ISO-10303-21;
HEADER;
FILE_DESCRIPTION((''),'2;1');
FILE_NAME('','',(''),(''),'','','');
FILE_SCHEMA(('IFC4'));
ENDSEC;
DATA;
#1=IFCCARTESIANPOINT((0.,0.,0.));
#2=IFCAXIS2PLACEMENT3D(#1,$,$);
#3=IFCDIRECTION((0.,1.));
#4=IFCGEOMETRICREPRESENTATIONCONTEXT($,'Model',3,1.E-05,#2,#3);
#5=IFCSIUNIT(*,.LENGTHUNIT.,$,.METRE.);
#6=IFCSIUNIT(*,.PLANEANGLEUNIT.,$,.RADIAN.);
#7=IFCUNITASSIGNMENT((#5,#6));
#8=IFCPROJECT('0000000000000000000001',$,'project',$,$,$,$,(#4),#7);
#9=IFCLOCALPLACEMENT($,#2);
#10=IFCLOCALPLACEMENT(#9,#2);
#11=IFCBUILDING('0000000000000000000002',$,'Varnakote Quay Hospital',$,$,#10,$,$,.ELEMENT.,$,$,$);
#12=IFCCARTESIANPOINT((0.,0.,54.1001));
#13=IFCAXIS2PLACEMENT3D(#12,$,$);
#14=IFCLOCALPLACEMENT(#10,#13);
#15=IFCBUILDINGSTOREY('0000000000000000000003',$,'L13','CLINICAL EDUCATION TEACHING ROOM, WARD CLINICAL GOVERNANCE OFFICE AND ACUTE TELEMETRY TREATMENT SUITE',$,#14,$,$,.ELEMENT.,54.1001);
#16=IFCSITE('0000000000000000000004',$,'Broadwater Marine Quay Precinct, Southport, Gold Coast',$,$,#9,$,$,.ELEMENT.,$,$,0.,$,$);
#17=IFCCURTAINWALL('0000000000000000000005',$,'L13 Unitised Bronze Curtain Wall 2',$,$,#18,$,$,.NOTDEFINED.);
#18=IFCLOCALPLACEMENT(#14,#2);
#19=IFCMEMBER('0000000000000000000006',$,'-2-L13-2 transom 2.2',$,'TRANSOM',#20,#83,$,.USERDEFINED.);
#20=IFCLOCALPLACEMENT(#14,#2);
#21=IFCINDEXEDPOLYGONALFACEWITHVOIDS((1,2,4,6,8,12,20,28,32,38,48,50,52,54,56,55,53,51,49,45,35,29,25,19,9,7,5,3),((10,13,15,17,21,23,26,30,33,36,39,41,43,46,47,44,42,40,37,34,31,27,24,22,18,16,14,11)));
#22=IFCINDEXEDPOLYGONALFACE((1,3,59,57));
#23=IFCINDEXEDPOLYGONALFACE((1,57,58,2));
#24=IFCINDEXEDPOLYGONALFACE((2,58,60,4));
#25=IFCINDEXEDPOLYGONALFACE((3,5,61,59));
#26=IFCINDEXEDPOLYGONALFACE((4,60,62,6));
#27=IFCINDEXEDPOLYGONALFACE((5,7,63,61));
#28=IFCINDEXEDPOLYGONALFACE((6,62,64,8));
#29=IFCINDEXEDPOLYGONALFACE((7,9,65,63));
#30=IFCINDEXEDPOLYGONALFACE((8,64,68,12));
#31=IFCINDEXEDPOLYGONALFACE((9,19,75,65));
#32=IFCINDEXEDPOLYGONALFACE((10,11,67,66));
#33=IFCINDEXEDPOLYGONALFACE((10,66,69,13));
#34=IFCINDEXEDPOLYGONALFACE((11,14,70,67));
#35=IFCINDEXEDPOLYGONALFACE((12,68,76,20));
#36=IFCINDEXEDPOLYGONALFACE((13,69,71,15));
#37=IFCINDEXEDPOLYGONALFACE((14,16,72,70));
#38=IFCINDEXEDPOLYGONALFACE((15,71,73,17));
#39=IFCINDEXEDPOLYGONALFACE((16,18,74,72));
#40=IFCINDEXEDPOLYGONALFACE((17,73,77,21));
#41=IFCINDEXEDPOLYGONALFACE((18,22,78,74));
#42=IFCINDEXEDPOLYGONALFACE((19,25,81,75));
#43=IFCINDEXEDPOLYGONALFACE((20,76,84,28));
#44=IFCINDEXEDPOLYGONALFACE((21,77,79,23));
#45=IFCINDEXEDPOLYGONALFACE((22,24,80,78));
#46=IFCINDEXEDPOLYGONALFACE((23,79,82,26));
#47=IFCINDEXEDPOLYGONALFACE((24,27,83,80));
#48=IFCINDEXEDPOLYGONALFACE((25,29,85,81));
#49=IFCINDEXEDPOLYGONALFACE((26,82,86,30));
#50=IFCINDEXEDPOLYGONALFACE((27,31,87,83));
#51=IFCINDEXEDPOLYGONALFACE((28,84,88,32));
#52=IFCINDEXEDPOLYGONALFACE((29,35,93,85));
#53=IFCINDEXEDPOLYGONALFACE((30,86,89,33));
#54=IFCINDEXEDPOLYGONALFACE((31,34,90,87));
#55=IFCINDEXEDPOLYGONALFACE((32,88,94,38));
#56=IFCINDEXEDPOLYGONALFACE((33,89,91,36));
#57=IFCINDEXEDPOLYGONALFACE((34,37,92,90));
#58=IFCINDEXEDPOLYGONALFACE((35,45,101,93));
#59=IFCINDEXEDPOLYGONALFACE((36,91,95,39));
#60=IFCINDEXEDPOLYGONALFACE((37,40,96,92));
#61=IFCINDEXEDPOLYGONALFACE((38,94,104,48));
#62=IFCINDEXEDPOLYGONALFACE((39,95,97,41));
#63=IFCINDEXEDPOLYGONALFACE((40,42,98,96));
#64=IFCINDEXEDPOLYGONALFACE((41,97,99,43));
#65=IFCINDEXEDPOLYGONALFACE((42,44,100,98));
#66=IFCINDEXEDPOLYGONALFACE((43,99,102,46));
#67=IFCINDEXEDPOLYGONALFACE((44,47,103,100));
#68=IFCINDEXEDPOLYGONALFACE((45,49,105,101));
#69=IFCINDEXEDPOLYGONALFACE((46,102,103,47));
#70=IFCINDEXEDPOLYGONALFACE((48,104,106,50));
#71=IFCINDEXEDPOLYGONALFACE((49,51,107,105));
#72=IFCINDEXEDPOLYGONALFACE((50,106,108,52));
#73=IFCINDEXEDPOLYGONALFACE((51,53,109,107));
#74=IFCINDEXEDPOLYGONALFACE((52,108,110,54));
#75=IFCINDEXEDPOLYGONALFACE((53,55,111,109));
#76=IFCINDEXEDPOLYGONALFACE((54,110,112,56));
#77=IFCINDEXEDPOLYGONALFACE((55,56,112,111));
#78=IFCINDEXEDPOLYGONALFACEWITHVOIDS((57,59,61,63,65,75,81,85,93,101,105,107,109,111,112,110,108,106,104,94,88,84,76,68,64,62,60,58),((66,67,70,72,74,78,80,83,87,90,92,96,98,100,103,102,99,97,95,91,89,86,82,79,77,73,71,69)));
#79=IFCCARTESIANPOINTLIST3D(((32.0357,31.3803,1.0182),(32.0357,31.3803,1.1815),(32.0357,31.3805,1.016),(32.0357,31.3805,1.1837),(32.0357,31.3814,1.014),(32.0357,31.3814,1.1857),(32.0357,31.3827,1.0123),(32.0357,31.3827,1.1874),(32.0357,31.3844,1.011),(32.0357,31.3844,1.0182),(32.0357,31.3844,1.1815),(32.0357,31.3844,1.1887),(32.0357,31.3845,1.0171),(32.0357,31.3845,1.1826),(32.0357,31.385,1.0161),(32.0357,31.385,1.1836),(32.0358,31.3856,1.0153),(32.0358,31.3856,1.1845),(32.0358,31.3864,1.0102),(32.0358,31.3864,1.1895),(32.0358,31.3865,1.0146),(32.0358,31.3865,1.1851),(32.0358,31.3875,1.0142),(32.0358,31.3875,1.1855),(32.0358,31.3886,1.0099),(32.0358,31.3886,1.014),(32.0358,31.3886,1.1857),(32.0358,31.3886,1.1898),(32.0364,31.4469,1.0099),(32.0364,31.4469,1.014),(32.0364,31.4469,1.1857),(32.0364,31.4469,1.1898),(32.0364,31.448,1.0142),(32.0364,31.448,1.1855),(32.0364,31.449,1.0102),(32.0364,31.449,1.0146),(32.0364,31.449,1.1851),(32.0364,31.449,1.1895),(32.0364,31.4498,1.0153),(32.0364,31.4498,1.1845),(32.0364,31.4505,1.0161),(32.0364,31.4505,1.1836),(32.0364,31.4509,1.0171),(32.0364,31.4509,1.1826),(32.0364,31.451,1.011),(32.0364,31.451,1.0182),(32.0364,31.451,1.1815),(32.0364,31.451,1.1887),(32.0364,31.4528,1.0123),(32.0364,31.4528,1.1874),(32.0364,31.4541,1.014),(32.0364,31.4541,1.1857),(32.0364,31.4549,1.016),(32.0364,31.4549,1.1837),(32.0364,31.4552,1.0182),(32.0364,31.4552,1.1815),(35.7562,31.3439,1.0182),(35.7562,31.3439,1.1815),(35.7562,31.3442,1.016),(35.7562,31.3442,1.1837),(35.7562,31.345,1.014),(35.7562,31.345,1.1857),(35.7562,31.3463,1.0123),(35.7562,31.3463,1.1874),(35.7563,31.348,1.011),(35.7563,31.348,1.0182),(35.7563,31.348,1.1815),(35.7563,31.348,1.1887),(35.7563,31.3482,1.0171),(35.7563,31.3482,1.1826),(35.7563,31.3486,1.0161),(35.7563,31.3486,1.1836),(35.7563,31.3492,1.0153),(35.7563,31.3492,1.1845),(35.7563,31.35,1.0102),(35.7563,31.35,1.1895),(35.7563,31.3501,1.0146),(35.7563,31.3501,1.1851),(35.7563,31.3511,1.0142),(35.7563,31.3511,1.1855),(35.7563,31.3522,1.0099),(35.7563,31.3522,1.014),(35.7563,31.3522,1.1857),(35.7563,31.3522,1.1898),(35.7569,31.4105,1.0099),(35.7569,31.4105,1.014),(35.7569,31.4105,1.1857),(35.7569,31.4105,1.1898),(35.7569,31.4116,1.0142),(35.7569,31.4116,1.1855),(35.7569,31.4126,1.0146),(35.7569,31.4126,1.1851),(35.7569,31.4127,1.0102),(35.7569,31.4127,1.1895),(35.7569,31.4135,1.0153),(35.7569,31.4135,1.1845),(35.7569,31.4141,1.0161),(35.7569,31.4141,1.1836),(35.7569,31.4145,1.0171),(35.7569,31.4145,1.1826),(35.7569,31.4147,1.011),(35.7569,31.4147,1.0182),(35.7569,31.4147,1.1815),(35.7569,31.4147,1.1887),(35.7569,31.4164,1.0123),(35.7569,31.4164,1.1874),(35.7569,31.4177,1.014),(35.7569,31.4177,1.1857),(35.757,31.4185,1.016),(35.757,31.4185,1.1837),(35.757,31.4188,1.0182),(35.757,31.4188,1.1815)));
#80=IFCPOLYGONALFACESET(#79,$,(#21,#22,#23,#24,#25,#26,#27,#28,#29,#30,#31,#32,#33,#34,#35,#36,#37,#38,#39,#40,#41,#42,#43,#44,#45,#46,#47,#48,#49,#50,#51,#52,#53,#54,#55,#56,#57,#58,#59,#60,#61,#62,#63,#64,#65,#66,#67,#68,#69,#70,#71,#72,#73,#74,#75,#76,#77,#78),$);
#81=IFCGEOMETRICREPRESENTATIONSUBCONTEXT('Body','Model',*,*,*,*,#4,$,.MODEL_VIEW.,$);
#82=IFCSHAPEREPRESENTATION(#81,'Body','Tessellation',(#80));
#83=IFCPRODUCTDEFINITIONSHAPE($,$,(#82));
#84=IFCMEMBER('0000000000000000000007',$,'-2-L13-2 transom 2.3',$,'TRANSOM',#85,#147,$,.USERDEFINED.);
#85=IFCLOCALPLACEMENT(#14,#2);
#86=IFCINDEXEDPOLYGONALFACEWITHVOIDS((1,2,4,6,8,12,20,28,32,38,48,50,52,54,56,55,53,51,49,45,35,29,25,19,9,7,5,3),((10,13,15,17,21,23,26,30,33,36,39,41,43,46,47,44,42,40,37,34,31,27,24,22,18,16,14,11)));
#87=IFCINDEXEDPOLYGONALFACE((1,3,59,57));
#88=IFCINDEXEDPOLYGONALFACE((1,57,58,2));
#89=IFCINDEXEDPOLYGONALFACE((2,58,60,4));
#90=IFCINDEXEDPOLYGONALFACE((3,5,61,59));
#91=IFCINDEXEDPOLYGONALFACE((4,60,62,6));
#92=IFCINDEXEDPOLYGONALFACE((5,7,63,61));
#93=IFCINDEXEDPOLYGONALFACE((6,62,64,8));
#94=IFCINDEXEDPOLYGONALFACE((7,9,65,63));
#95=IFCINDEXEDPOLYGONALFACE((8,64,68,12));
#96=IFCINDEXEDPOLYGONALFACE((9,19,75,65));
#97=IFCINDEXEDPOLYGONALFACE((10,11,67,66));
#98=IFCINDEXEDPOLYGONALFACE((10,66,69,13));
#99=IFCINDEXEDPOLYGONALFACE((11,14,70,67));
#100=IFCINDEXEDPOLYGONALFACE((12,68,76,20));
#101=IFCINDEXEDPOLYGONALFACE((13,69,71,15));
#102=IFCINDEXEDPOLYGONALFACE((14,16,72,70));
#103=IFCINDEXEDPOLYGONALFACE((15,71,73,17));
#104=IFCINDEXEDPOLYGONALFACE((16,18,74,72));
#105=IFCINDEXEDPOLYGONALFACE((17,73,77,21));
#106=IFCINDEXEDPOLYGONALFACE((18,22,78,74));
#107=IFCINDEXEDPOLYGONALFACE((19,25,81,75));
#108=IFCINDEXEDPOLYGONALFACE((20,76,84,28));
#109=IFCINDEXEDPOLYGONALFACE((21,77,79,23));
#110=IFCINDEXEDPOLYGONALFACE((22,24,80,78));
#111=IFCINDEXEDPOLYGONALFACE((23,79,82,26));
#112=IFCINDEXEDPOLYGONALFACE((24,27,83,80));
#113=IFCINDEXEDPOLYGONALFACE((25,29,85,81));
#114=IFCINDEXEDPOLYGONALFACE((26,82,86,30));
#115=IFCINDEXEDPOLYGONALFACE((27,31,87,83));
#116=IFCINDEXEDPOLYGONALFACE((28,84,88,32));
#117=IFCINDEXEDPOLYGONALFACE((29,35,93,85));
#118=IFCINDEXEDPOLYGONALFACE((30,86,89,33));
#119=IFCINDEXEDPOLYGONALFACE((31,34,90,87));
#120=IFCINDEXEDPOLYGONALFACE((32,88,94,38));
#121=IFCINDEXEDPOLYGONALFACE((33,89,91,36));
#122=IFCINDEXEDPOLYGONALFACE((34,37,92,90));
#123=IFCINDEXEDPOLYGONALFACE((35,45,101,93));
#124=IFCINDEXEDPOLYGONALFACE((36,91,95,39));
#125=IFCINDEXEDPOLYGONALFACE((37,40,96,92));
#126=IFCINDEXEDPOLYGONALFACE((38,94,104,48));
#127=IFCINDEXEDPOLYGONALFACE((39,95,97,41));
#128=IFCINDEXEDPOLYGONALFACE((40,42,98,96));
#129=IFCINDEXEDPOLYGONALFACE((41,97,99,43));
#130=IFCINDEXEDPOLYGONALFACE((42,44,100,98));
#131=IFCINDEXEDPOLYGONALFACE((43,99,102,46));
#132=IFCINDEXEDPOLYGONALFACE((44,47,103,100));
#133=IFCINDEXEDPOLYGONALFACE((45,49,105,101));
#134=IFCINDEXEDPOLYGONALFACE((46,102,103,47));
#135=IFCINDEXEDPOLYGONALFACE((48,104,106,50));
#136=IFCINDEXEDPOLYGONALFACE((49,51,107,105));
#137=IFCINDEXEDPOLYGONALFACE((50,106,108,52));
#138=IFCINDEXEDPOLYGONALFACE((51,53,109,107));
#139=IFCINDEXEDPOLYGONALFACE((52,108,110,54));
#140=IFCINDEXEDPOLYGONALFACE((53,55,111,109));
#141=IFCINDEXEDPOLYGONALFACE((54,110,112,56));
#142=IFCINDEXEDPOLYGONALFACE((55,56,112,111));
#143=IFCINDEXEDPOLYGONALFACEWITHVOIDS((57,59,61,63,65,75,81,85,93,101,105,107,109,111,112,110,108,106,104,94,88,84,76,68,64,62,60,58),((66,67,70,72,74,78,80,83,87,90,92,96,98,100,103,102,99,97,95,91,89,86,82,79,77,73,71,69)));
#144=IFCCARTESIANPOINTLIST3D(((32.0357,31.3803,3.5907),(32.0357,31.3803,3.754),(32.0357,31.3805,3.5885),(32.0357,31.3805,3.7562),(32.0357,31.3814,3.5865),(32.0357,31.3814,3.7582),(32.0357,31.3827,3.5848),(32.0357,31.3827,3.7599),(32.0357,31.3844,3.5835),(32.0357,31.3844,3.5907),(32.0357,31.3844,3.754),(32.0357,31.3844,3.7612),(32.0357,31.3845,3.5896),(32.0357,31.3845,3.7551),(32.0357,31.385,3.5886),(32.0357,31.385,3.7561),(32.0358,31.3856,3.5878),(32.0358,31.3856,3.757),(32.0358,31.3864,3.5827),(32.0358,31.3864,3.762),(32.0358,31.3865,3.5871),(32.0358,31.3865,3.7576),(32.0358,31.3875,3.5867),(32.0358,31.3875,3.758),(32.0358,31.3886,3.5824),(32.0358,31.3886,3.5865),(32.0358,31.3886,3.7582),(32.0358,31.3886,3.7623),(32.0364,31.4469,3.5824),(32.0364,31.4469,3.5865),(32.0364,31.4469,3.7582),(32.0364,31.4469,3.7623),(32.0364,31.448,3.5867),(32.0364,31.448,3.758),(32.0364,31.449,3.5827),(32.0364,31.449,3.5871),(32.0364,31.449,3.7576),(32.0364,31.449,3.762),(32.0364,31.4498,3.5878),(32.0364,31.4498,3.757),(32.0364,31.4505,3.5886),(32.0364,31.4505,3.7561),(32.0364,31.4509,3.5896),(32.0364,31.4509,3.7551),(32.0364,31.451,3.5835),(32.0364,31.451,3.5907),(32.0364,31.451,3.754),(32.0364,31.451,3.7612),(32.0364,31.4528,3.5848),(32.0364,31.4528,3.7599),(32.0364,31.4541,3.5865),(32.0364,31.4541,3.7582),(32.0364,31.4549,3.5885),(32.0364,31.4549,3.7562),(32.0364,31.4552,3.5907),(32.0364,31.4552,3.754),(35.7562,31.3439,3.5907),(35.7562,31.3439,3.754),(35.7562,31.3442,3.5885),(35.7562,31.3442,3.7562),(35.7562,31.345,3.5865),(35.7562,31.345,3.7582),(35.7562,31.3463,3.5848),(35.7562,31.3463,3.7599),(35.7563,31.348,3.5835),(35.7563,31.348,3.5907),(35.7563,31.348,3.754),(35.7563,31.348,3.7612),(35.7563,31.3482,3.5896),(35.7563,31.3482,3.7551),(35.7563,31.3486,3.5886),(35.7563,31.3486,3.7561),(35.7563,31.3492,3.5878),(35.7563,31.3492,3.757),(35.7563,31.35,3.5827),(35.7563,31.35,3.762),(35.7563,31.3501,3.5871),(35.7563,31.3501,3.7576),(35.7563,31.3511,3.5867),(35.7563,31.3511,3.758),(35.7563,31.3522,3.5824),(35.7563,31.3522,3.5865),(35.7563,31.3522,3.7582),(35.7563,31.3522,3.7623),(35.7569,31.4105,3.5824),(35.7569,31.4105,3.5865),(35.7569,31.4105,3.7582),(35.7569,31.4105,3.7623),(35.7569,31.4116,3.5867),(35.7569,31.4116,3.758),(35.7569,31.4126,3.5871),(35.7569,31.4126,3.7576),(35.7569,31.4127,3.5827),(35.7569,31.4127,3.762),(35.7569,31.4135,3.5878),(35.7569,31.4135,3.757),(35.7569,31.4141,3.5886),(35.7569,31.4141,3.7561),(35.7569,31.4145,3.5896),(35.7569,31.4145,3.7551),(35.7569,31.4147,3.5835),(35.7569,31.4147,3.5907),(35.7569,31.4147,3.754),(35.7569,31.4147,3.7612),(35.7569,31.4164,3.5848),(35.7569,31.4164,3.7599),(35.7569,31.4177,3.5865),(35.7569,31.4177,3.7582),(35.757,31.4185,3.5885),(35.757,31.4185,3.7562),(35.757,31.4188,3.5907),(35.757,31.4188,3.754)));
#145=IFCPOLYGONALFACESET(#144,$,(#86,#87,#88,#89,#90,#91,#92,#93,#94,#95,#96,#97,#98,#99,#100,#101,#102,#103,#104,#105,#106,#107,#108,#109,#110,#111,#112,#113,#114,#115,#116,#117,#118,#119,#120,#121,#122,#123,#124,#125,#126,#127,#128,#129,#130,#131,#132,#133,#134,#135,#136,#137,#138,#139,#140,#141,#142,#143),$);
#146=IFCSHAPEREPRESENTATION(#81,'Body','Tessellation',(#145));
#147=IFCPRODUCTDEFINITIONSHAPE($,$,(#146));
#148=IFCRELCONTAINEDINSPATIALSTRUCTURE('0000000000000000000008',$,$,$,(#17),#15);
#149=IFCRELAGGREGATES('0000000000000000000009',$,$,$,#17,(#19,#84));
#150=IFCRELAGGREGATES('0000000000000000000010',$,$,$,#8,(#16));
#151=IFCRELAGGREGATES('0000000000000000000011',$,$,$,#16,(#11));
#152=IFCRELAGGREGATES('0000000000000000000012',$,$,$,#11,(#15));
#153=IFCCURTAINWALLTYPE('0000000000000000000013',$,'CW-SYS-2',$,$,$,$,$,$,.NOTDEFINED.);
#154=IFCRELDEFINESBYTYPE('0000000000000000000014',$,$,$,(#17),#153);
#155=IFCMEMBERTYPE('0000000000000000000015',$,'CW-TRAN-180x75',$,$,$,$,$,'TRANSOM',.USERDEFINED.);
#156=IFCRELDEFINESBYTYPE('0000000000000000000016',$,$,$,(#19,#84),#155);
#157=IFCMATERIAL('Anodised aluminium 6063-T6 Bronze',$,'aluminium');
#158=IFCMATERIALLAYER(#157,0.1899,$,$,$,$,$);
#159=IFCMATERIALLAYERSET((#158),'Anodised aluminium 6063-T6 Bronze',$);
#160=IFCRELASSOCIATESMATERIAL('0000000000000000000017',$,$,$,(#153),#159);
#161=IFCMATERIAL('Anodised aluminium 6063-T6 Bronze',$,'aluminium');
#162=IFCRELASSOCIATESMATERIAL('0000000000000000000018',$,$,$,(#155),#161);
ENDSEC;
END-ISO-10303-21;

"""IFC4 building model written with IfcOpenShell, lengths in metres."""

from ifc_helpers import new_model, si_unit, direction, frame, origin, origin_2d, place, context, subcontext, project, spatial, hollow_rectangle, extrude, material, layer, layer_set, material_profile, profile_set, type_object, element, aggregate, save


model = new_model("IFC4")

# Units and contexts
model_context = context("Model", 3, precision=1e-05, world=origin(), true_north=direction((0.0, 1.0)))
body_context = subcontext(model_context, "Body", "Model", "MODEL_VIEW")
ifc_project = project(units=[si_unit("LENGTHUNIT", "METRE"), si_unit("PLANEANGLEUNIT", "RADIAN")], contexts=[model_context])

# Site, building, storey
site_placement = place(None, origin())
site = spatial("IfcSite", under=ifc_project, at=site_placement, Name="Broadwater Marine Quay Precinct, Southport, Gold Coast", CompositionType="ELEMENT", RefElevation=0.0)
building_placement = place(site_placement, origin())
building = spatial("IfcBuilding", under=site, at=building_placement, Name="Varnakote Quay Hospital", CompositionType="ELEMENT")
storey_placement = place(building_placement, frame((0.0, 0.0, 54.1001)))
storey = spatial("IfcBuildingStorey", under=building, at=storey_placement, Name="L13", Description="CLINICAL EDUCATION TEACHING ROOM, WARD CLINICAL GOVERNANCE OFFICE AND ACUTE TELEMETRY TREATMENT SUITE", CompositionType="ELEMENT", Elevation=54.1001)

# Shared definitions
ifc_material_1 = material(Name="Anodised aluminium 6063-T6 Bronze", Category="aluminium")
ifc_layer_1 = layer(ifc_material_1, 0.1899)
ifc_layer_set_1 = layer_set([ifc_layer_1], Name="Anodised aluminium 6063-T6 Bronze")
curtain_wall_type = type_object("IfcCurtainWallType", Name="CW-SYS-2", PredefinedType="NOTDEFINED", material=ifc_layer_set_1)

# Curtain wall, members
curtain_wall_1_placement = place(storey_placement, origin())
curtain_wall_1 = element("IfcCurtainWall", 1, at=curtain_wall_1_placement, inside=storey, type_object=curtain_wall_type, Name="L13 Unitised Bronze Curtain Wall 2", PredefinedType="NOTDEFINED")
ifc_material_2 = material(Name="Anodised aluminium 6063-T6 Bronze", Category="aluminium")
ifc_material_profile_1 = material_profile(ifc_material_2, hollow_rectangle(XDim=0.075, YDim=0.1799, WallThickness=0.0042, InnerFilletRadius=0.0042, OuterFilletRadius=0.0083, at=origin_2d()), Name="CW-TRAN-180x75")
ifc_profile_set_1 = profile_set([ifc_material_profile_1], Name="Anodised aluminium 6063-T6 Bronze")
member_type_1 = type_object("IfcMemberType", Name="CW-TRAN-180x75", ElementType="TRANSOM", PredefinedType="USERDEFINED", material=ifc_profile_set_1)
member_1_placement = place(storey_placement, frame((35.7566, 31.3813, 1.0999), z_axis=(-0.999952, 0.009777, 0.0), x_axis=(-0.009777, -0.999952, 0.0)))
member_1 = element("IfcMember", 2, at=member_1_placement, type_object=member_type_1, Name="-2-L13-2 transom 2.2", ObjectType="TRANSOM", PredefinedType="USERDEFINED", context=body_context, shape_type="SweptSolid", body=[
    extrude(hollow_rectangle(XDim=0.075, YDim=0.1799, WallThickness=0.0042, InnerFilletRadius=0.0042, OuterFilletRadius=0.0083, at=origin_2d()), origin(), (0.0, 0.0, 1.0), 3.7207),
])
member_2_placement = place(storey_placement, frame((35.7566, 31.3813, 3.6724), z_axis=(-0.999952, 0.009777, 0.0), x_axis=(-0.009777, -0.999952, 0.0)))
member_2 = element("IfcMember", 3, at=member_2_placement, type_object=member_type_1, Name="-2-L13-2 transom 2.3", ObjectType="TRANSOM", PredefinedType="USERDEFINED", context=body_context, shape_type="SweptSolid", body=[
    extrude(hollow_rectangle(XDim=0.075, YDim=0.1799, WallThickness=0.0042, InnerFilletRadius=0.0042, OuterFilletRadius=0.0083, at=origin_2d()), origin(), (0.0, 0.0, 1.0), 3.7207),
])

aggregate(curtain_wall_1, [member_1, member_2])

save(model, "model.ifc")
